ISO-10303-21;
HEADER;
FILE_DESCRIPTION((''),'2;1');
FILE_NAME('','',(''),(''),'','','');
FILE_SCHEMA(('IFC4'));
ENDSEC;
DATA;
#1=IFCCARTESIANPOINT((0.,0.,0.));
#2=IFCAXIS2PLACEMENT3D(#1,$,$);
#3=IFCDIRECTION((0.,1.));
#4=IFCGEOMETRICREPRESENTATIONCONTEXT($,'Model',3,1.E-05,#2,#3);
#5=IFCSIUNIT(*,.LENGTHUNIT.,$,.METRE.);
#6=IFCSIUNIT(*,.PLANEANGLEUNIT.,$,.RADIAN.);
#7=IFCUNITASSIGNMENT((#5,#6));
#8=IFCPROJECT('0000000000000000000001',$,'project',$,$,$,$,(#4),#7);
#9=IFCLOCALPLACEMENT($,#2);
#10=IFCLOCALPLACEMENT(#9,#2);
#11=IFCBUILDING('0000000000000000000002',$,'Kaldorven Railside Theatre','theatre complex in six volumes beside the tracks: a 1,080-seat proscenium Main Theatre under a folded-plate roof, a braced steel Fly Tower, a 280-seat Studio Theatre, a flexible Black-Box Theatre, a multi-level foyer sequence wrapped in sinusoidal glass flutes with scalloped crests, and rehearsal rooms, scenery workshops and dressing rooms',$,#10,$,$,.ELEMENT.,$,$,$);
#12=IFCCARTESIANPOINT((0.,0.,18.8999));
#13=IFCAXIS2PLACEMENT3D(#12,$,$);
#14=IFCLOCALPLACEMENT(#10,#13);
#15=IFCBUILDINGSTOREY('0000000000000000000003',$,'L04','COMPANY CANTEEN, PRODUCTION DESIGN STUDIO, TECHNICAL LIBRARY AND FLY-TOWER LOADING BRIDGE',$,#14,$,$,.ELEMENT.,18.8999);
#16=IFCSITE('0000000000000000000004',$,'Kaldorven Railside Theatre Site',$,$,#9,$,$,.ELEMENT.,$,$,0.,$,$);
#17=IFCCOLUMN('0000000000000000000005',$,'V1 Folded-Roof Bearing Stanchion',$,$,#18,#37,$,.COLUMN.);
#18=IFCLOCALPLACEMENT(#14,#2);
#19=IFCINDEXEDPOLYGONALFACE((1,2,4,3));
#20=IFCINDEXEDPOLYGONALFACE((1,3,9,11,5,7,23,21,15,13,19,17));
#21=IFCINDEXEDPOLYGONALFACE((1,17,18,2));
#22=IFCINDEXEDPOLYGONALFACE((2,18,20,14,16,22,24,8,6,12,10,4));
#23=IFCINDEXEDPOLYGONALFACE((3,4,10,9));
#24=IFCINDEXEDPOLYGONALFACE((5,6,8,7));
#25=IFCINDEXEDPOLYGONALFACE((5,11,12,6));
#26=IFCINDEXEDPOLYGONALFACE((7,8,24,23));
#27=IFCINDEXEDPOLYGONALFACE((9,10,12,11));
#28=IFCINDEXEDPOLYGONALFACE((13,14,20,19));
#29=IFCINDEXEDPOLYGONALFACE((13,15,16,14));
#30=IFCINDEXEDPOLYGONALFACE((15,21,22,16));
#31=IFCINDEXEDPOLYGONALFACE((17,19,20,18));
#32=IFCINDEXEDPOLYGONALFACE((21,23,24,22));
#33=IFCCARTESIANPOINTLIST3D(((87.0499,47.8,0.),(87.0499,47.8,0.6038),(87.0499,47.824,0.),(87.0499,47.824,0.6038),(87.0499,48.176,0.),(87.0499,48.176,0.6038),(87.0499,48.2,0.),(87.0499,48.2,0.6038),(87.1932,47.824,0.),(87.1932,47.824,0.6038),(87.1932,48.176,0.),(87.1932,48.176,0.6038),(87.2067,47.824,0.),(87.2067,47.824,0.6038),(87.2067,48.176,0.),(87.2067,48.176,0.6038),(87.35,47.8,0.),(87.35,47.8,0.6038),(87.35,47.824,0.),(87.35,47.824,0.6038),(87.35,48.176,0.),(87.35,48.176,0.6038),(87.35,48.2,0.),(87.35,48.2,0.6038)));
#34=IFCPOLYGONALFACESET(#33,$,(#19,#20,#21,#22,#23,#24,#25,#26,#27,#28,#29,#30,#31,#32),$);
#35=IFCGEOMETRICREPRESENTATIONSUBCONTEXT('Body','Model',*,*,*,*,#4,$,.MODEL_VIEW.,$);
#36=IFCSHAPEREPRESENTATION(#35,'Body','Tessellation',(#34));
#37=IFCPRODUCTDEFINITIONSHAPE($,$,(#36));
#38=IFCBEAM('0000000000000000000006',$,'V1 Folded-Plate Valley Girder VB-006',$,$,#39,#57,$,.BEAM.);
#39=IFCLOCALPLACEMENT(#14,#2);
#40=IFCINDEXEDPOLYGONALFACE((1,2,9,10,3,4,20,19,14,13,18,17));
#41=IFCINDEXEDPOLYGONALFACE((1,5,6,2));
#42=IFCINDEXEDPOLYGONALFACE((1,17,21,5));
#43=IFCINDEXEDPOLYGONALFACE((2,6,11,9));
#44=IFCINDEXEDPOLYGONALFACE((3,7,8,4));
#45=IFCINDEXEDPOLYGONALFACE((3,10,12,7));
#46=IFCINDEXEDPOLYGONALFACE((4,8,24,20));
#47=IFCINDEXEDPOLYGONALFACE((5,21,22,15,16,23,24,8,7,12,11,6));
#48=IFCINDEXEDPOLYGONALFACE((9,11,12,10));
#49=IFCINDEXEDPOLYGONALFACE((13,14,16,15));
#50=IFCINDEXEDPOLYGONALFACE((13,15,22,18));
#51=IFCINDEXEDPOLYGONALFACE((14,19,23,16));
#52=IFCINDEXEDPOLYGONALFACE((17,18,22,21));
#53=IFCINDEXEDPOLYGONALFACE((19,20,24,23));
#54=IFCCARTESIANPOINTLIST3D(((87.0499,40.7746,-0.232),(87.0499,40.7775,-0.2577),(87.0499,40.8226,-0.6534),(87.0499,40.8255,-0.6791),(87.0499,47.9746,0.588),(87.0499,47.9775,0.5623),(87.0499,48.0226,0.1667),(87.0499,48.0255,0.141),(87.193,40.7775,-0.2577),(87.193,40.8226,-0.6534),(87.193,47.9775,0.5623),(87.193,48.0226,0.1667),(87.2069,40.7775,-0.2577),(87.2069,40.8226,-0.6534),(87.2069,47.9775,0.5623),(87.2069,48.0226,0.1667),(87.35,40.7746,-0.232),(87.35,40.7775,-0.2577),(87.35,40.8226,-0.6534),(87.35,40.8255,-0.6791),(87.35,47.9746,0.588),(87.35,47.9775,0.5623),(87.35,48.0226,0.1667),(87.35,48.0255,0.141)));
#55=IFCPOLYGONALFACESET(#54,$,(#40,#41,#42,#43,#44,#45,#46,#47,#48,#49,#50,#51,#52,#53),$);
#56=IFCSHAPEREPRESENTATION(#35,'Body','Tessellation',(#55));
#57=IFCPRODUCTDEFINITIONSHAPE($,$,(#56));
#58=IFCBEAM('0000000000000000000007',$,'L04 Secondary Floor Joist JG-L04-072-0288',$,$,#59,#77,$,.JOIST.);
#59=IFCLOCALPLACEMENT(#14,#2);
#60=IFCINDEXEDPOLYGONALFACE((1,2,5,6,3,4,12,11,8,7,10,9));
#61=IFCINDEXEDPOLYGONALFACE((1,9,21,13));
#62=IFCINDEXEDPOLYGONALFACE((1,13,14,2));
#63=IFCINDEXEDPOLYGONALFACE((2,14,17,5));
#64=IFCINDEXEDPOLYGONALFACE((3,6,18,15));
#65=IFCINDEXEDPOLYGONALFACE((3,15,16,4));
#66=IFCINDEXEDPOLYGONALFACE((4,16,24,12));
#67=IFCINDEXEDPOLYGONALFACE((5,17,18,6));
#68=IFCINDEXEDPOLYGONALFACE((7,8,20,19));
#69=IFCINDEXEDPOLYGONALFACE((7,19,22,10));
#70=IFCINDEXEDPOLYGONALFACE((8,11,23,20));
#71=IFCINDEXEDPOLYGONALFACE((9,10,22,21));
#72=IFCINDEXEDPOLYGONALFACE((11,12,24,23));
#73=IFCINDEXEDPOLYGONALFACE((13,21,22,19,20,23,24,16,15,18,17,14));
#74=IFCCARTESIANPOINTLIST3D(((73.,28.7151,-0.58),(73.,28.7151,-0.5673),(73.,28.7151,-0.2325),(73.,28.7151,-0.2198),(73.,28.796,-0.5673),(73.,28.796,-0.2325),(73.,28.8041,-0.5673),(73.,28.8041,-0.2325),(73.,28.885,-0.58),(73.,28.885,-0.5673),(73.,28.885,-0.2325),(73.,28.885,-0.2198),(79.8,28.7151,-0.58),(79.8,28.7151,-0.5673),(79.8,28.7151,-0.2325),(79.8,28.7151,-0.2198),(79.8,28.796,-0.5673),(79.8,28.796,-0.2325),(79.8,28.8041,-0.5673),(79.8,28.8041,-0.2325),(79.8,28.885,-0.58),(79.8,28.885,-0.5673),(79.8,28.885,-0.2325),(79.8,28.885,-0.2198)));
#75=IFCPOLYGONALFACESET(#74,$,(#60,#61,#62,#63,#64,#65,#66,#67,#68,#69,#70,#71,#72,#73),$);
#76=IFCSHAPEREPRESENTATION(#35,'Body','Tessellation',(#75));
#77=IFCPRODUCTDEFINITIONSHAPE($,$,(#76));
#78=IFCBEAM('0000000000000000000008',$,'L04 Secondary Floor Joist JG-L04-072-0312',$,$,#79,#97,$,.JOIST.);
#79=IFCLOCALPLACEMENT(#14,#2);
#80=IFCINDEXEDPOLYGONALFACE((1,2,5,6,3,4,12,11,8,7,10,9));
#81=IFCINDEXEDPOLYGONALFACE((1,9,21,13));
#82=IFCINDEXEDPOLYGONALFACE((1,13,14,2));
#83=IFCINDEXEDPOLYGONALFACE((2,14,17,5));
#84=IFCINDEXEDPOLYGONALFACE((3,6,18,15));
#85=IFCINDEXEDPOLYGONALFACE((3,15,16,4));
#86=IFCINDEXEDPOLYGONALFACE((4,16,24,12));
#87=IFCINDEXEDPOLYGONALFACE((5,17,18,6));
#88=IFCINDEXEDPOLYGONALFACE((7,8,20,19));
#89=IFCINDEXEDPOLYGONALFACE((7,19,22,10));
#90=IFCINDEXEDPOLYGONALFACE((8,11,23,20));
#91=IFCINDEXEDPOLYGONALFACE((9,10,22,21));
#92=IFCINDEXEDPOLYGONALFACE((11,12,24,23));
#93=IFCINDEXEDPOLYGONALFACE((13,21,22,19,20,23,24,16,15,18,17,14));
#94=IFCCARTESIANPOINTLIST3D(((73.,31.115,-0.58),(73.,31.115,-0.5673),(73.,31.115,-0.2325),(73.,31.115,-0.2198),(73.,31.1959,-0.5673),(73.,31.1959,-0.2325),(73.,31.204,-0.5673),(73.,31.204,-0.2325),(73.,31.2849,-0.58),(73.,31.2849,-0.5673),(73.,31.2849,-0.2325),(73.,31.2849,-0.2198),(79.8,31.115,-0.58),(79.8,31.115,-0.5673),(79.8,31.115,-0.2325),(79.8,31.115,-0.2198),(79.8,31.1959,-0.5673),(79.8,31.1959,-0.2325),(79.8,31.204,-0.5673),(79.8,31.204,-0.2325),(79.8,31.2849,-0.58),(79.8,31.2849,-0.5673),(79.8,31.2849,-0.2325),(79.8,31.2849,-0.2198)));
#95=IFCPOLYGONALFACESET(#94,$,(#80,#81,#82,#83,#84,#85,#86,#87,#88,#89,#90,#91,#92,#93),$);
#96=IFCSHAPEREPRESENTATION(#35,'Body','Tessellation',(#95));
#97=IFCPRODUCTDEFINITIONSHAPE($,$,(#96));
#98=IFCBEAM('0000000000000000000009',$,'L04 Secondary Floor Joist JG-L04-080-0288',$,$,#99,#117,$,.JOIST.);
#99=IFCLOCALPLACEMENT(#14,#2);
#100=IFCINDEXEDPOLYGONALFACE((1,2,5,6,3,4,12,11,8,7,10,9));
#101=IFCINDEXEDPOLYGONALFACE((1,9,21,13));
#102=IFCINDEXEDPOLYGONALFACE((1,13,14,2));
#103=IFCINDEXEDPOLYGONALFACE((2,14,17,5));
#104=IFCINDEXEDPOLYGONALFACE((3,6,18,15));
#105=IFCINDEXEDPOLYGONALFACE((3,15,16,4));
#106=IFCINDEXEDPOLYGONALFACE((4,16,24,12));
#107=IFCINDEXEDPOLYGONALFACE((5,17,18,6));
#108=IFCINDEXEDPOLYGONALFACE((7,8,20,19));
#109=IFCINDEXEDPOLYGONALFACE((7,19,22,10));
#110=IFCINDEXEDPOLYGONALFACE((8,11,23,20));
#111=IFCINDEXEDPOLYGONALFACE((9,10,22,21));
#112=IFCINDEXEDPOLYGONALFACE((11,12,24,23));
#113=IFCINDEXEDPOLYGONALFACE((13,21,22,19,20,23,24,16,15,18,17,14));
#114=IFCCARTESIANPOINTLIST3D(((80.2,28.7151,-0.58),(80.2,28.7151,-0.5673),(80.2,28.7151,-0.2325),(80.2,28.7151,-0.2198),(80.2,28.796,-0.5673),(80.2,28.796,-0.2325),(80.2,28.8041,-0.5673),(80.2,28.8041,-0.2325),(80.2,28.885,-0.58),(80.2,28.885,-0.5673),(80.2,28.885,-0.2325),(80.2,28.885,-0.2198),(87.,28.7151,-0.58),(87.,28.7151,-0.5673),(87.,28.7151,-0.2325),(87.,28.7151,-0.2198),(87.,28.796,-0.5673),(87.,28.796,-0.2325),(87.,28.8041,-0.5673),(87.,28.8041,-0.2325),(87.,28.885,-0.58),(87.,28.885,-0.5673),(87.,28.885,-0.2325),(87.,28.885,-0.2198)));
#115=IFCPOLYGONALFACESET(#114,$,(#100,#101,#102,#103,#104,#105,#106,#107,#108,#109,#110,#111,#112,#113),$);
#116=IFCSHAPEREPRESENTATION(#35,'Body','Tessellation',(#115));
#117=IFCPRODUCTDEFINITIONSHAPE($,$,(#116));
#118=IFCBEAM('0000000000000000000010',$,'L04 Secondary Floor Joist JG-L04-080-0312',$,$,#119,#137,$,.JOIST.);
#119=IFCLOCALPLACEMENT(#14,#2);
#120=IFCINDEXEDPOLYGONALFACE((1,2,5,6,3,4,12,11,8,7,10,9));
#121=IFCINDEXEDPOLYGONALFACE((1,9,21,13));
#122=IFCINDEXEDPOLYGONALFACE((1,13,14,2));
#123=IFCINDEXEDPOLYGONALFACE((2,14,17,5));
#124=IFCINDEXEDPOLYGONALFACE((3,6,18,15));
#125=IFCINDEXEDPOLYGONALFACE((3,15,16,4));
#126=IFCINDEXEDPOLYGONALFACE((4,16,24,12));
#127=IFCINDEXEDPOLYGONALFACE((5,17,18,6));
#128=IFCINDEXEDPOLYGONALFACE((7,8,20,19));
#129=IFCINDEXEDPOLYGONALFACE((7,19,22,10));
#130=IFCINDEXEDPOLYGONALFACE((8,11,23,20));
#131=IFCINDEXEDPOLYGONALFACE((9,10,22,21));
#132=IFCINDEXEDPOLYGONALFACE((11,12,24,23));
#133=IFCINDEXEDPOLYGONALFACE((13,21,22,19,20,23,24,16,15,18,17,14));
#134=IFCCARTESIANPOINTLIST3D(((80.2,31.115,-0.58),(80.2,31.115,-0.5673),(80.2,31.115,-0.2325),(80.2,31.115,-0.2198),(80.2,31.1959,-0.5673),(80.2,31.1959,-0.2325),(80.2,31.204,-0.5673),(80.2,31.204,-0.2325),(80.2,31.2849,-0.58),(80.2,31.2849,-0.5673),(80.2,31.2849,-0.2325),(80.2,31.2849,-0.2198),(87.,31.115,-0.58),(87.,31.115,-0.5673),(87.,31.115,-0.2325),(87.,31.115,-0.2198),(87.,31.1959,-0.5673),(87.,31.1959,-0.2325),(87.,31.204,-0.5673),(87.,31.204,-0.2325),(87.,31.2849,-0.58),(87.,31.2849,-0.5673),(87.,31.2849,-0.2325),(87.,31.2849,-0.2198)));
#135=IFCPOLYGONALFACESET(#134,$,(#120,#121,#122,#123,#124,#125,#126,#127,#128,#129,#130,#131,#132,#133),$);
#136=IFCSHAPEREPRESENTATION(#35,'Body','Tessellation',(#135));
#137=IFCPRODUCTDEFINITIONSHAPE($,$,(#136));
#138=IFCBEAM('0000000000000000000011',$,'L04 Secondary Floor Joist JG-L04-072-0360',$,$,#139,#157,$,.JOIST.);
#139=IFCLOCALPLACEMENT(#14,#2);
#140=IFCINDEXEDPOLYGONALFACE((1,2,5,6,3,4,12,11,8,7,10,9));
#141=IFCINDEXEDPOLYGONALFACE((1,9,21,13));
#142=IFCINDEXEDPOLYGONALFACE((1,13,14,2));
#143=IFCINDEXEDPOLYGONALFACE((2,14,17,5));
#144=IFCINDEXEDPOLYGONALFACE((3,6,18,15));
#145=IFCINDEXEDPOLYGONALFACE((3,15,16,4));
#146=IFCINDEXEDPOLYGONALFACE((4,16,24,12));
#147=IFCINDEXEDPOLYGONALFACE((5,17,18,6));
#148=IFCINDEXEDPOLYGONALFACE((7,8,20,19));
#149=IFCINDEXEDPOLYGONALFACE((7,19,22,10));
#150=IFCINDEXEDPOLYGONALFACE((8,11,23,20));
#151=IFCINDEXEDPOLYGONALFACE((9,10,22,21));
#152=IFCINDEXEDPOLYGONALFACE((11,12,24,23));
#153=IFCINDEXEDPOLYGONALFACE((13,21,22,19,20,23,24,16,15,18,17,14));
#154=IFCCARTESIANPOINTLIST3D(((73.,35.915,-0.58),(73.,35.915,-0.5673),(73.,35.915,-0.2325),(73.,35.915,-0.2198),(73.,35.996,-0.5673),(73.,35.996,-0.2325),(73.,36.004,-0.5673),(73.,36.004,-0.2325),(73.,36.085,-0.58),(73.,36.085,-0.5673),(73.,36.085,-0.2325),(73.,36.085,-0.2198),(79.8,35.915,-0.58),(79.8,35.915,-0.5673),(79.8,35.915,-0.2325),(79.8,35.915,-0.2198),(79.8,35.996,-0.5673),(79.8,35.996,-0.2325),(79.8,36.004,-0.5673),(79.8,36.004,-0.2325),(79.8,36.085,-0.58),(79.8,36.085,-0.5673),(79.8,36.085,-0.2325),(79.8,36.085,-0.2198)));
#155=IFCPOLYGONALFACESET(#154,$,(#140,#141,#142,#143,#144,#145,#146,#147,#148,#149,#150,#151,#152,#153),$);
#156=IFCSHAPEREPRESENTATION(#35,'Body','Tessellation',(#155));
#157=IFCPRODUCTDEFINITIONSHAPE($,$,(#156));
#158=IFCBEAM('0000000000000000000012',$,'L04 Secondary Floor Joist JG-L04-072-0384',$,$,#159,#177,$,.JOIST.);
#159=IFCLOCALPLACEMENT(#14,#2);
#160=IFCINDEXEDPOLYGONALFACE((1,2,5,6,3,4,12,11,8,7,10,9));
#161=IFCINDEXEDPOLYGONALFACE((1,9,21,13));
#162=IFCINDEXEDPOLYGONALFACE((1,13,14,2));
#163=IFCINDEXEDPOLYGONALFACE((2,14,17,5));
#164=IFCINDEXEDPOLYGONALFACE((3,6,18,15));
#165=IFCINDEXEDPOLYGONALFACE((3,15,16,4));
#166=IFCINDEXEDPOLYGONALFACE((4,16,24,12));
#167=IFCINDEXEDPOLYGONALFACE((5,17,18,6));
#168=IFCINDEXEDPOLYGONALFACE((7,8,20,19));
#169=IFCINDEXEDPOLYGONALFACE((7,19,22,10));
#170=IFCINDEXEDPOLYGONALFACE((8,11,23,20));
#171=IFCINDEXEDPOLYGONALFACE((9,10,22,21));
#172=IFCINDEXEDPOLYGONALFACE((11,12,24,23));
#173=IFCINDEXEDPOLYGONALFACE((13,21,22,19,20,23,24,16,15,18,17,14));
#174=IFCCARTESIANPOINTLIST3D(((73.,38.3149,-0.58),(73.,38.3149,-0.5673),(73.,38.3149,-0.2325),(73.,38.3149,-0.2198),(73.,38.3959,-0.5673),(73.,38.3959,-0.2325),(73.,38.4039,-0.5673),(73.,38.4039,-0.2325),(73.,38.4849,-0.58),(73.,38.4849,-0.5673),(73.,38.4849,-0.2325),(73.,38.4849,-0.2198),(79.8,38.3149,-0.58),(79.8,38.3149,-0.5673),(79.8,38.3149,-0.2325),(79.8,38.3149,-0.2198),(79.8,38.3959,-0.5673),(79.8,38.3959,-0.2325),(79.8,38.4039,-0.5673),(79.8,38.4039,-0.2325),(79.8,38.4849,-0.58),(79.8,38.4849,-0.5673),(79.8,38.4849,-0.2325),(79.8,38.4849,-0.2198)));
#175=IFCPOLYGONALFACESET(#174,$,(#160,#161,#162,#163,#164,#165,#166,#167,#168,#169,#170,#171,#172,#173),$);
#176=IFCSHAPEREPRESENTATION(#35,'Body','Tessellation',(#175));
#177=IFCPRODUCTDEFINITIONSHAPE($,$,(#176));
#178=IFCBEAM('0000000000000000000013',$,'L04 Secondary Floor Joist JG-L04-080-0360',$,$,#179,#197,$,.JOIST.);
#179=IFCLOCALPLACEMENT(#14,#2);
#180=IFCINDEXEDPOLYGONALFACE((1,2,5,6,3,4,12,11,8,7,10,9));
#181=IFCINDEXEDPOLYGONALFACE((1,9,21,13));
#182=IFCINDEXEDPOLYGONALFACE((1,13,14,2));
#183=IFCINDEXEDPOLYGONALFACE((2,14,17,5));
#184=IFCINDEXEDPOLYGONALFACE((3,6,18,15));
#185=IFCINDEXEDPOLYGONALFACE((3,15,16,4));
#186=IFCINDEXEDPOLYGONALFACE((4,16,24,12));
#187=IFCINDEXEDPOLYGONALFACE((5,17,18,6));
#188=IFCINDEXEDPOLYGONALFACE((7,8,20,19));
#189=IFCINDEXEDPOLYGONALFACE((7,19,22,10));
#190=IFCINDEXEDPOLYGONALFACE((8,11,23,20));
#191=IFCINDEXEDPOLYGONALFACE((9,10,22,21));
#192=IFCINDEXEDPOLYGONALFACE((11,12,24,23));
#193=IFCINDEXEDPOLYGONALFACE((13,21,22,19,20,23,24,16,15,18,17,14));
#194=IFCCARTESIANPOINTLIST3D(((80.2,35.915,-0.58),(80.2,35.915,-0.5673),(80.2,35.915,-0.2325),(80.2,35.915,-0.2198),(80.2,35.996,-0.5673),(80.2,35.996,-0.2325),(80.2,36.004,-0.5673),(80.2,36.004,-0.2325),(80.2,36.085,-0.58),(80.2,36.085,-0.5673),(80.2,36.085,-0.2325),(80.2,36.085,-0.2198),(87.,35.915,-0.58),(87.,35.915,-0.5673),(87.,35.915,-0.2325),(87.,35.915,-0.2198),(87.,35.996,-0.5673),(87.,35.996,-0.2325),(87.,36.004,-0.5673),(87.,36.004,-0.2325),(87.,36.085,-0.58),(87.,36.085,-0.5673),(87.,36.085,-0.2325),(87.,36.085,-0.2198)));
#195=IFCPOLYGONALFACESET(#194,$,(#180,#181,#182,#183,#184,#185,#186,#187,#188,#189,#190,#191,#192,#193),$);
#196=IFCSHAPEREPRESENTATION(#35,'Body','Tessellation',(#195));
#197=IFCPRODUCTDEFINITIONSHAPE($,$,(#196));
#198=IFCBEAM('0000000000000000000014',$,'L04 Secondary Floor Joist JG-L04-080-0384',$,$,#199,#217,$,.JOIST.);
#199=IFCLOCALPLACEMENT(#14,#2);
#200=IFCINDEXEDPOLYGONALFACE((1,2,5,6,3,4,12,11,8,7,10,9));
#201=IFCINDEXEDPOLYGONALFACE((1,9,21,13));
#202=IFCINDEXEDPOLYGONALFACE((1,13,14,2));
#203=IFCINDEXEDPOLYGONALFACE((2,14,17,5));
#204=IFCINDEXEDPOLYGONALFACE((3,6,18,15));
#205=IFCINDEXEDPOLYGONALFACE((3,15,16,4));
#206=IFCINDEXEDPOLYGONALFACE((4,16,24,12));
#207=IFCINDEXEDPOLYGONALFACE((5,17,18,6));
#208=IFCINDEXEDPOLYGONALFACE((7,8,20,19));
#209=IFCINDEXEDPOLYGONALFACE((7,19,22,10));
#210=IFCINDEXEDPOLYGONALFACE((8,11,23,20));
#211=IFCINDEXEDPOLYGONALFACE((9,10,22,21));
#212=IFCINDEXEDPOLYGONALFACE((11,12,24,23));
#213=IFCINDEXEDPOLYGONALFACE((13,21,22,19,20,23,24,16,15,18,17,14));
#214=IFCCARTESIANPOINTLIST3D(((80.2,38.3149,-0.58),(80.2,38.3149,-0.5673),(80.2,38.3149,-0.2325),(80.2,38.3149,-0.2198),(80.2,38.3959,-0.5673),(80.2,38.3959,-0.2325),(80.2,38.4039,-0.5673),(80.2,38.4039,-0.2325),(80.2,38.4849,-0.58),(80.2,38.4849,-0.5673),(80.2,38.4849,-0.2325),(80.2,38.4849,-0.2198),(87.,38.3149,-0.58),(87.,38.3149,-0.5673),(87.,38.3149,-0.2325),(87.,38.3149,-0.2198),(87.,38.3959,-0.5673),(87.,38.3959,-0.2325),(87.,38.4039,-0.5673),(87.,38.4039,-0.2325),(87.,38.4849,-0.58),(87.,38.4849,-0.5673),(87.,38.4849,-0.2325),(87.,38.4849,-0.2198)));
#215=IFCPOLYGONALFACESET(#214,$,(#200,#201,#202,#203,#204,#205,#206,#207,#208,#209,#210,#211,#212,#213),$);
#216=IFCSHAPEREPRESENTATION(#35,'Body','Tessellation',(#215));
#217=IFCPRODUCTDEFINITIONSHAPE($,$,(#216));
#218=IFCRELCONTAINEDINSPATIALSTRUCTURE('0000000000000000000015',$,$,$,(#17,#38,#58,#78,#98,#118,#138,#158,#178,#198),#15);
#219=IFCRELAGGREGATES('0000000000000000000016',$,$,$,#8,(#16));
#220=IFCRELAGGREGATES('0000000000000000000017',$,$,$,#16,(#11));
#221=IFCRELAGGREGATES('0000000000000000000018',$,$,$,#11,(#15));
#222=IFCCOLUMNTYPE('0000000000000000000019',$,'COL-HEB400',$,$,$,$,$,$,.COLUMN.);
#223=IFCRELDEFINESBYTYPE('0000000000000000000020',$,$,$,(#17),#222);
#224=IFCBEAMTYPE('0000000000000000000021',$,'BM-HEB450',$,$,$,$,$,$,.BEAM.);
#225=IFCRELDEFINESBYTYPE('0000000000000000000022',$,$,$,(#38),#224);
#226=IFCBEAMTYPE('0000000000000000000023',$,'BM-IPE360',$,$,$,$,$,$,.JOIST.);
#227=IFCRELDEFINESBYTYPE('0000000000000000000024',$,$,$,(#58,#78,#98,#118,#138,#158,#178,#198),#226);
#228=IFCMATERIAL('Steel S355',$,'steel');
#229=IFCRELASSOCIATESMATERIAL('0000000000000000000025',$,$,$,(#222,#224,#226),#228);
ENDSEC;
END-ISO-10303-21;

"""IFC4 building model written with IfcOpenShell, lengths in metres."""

from ifc_helpers import new_model, si_unit, direction, frame, origin, origin_2d, place, context, subcontext, project, spatial, i_section, extrude, material, material_profile, profile_set, type_object, element, save


model = new_model("IFC4")

# Units and contexts
model_context = context("Model", 3, precision=1e-05, world=origin(), true_north=direction((0.0, 1.0)))
body_context = subcontext(model_context, "Body", "Model", "MODEL_VIEW")
ifc_project = project(units=[si_unit("LENGTHUNIT", "METRE"), si_unit("PLANEANGLEUNIT", "RADIAN")], contexts=[model_context])

# Site, building, storey
site_placement = place(None, origin())
site = spatial("IfcSite", under=ifc_project, at=site_placement, Name="Kaldorven Railside Theatre Site", CompositionType="ELEMENT", RefElevation=0.0)
building_placement = place(site_placement, origin())
building = spatial("IfcBuilding", under=site, at=building_placement, Name="Kaldorven Railside Theatre", Description="theatre complex in six volumes beside the tracks: a 1,080-seat proscenium Main Theatre under a folded-plate roof, a braced steel Fly Tower, a 280-seat Studio Theatre, a flexible Black-Box Theatre, a multi-level foyer sequence wrapped in sinusoidal glass flutes with scalloped crests, and rehearsal rooms, scenery workshops and dressing rooms", CompositionType="ELEMENT")
storey_placement = place(building_placement, frame((0.0, 0.0, 18.8999)))
storey = spatial("IfcBuildingStorey", under=building, at=storey_placement, Name="L04", Description="COMPANY CANTEEN, PRODUCTION DESIGN STUDIO, TECHNICAL LIBRARY AND FLY-TOWER LOADING BRIDGE", CompositionType="ELEMENT", Elevation=18.8999)

# Column
ifc_material_1 = material(Name="Steel S355", Category="steel")
ifc_material_profile_1 = material_profile(ifc_material_1, i_section(OverallWidth=0.3, OverallDepth=0.3999, WebThickness=0.0134, FlangeThickness=0.0239, at=origin_2d()), Name="HEB 400")
ifc_profile_set_1 = profile_set([ifc_material_profile_1], Name="Steel S355")
column_type = type_object("IfcColumnType", Name="COL-HEB400", PredefinedType="COLUMN", material=ifc_profile_set_1)
column_placement = place(storey_placement, frame((87.2, 48.0, 0.0), z_axis=(0.0, 0.0, 1.0), x_axis=(1.0, 0.0, 0.0)))
element("IfcColumn", 1, at=column_placement, inside=storey, type_object=column_type, Name="V1 Folded-Roof Bearing Stanchion", PredefinedType="COLUMN", context=body_context, shape_type="SweptSolid", body=[
    extrude(i_section(OverallWidth=0.3, OverallDepth=0.3999, WebThickness=0.0134, FlangeThickness=0.0239, at=origin_2d()), origin(), (0.0, 0.0, 1.0), 0.6038),
])

# Beams
ifc_material_profile_2 = material_profile(ifc_material_1, i_section(OverallWidth=0.3, OverallDepth=0.45, WebThickness=0.0139, FlangeThickness=0.0259, at=origin_2d()), Name="HEB 450")
ifc_profile_set_2 = profile_set([ifc_material_profile_2], Name="Steel S355")
beam_type_1 = type_object("IfcBeamType", Name="BM-HEB450", PredefinedType="BEAM", material=ifc_profile_set_2)
beam_1_placement = place(storey_placement, frame((87.2, 40.8, -0.4556), z_axis=(0.0, 0.993576, 0.113167), x_axis=(-1.0, 0.0, 0.0)))
element("IfcBeam", 2, at=beam_1_placement, inside=storey, type_object=beam_type_1, Name="V1 Folded-Plate Valley Girder VB-006", PredefinedType="BEAM", context=body_context, shape_type="SweptSolid", body=[
    extrude(i_section(OverallWidth=0.3, OverallDepth=0.45, WebThickness=0.0139, FlangeThickness=0.0259, at=origin_2d()), origin(), (0.0, 0.0, 1.0), 7.2466),
])
ifc_material_profile_3 = material_profile(ifc_material_1, i_section(OverallWidth=0.1699, OverallDepth=0.3601, WebThickness=0.0081, FlangeThickness=0.0127, at=origin_2d()), Name="IPE 360")
ifc_profile_set_3 = profile_set([ifc_material_profile_3], Name="Steel S355")
beam_type_2 = type_object("IfcBeamType", Name="BM-IPE360", PredefinedType="JOIST", material=ifc_profile_set_3)
for number, where, z_axis, x_axis, name in (
    (3, (73.0, 28.8, -0.3999), (1.0, 0.0, 0.0), (0.0, 1.0, 0.0), "L04 Secondary Floor Joist JG-L04-072-0288"),
    (4, (73.0, 31.2, -0.3999), (1.0, 0.0, 0.0), (0.0, 1.0, 0.0), "L04 Secondary Floor Joist JG-L04-072-0312"),
    (5, (80.2, 28.8, -0.3999), (1.0, 0.0, 0.0), (0.0, 1.0, 0.0), "L04 Secondary Floor Joist JG-L04-080-0288"),
    (6, (80.2, 31.2, -0.3999), (1.0, 0.0, 0.0), (0.0, 1.0, 0.0), "L04 Secondary Floor Joist JG-L04-080-0312"),
    (7, (73.0, 36.0, -0.3999), (1.0, 0.0, 0.0), (0.0, 1.0, 0.0), "L04 Secondary Floor Joist JG-L04-072-0360"),
    (8, (73.0, 38.3999, -0.3999), (1.0, 0.0, 0.0), (0.0, 1.0, 0.0), "L04 Secondary Floor Joist JG-L04-072-0384"),
    (9, (80.2, 36.0, -0.3999), (1.0, 0.0, 0.0), (0.0, 1.0, 0.0), "L04 Secondary Floor Joist JG-L04-080-0360"),
    (10, (80.2, 38.3999, -0.3999), (1.0, 0.0, 0.0), (0.0, 1.0, 0.0), "L04 Secondary Floor Joist JG-L04-080-0384"),
):
    element("IfcBeam", number, at=place(storey_placement, frame(where, z_axis=z_axis, x_axis=x_axis)), inside=storey, type_object=beam_type_2, Name=name, PredefinedType="JOIST", context=body_context, shape_type="SweptSolid", body=[
        extrude(i_section(OverallWidth=0.1699, OverallDepth=0.3601, WebThickness=0.0081, FlangeThickness=0.0127, at=origin_2d()), origin(), (0.0, 0.0, 1.0), 6.8),
    ])

save(model, "model.ifc")
